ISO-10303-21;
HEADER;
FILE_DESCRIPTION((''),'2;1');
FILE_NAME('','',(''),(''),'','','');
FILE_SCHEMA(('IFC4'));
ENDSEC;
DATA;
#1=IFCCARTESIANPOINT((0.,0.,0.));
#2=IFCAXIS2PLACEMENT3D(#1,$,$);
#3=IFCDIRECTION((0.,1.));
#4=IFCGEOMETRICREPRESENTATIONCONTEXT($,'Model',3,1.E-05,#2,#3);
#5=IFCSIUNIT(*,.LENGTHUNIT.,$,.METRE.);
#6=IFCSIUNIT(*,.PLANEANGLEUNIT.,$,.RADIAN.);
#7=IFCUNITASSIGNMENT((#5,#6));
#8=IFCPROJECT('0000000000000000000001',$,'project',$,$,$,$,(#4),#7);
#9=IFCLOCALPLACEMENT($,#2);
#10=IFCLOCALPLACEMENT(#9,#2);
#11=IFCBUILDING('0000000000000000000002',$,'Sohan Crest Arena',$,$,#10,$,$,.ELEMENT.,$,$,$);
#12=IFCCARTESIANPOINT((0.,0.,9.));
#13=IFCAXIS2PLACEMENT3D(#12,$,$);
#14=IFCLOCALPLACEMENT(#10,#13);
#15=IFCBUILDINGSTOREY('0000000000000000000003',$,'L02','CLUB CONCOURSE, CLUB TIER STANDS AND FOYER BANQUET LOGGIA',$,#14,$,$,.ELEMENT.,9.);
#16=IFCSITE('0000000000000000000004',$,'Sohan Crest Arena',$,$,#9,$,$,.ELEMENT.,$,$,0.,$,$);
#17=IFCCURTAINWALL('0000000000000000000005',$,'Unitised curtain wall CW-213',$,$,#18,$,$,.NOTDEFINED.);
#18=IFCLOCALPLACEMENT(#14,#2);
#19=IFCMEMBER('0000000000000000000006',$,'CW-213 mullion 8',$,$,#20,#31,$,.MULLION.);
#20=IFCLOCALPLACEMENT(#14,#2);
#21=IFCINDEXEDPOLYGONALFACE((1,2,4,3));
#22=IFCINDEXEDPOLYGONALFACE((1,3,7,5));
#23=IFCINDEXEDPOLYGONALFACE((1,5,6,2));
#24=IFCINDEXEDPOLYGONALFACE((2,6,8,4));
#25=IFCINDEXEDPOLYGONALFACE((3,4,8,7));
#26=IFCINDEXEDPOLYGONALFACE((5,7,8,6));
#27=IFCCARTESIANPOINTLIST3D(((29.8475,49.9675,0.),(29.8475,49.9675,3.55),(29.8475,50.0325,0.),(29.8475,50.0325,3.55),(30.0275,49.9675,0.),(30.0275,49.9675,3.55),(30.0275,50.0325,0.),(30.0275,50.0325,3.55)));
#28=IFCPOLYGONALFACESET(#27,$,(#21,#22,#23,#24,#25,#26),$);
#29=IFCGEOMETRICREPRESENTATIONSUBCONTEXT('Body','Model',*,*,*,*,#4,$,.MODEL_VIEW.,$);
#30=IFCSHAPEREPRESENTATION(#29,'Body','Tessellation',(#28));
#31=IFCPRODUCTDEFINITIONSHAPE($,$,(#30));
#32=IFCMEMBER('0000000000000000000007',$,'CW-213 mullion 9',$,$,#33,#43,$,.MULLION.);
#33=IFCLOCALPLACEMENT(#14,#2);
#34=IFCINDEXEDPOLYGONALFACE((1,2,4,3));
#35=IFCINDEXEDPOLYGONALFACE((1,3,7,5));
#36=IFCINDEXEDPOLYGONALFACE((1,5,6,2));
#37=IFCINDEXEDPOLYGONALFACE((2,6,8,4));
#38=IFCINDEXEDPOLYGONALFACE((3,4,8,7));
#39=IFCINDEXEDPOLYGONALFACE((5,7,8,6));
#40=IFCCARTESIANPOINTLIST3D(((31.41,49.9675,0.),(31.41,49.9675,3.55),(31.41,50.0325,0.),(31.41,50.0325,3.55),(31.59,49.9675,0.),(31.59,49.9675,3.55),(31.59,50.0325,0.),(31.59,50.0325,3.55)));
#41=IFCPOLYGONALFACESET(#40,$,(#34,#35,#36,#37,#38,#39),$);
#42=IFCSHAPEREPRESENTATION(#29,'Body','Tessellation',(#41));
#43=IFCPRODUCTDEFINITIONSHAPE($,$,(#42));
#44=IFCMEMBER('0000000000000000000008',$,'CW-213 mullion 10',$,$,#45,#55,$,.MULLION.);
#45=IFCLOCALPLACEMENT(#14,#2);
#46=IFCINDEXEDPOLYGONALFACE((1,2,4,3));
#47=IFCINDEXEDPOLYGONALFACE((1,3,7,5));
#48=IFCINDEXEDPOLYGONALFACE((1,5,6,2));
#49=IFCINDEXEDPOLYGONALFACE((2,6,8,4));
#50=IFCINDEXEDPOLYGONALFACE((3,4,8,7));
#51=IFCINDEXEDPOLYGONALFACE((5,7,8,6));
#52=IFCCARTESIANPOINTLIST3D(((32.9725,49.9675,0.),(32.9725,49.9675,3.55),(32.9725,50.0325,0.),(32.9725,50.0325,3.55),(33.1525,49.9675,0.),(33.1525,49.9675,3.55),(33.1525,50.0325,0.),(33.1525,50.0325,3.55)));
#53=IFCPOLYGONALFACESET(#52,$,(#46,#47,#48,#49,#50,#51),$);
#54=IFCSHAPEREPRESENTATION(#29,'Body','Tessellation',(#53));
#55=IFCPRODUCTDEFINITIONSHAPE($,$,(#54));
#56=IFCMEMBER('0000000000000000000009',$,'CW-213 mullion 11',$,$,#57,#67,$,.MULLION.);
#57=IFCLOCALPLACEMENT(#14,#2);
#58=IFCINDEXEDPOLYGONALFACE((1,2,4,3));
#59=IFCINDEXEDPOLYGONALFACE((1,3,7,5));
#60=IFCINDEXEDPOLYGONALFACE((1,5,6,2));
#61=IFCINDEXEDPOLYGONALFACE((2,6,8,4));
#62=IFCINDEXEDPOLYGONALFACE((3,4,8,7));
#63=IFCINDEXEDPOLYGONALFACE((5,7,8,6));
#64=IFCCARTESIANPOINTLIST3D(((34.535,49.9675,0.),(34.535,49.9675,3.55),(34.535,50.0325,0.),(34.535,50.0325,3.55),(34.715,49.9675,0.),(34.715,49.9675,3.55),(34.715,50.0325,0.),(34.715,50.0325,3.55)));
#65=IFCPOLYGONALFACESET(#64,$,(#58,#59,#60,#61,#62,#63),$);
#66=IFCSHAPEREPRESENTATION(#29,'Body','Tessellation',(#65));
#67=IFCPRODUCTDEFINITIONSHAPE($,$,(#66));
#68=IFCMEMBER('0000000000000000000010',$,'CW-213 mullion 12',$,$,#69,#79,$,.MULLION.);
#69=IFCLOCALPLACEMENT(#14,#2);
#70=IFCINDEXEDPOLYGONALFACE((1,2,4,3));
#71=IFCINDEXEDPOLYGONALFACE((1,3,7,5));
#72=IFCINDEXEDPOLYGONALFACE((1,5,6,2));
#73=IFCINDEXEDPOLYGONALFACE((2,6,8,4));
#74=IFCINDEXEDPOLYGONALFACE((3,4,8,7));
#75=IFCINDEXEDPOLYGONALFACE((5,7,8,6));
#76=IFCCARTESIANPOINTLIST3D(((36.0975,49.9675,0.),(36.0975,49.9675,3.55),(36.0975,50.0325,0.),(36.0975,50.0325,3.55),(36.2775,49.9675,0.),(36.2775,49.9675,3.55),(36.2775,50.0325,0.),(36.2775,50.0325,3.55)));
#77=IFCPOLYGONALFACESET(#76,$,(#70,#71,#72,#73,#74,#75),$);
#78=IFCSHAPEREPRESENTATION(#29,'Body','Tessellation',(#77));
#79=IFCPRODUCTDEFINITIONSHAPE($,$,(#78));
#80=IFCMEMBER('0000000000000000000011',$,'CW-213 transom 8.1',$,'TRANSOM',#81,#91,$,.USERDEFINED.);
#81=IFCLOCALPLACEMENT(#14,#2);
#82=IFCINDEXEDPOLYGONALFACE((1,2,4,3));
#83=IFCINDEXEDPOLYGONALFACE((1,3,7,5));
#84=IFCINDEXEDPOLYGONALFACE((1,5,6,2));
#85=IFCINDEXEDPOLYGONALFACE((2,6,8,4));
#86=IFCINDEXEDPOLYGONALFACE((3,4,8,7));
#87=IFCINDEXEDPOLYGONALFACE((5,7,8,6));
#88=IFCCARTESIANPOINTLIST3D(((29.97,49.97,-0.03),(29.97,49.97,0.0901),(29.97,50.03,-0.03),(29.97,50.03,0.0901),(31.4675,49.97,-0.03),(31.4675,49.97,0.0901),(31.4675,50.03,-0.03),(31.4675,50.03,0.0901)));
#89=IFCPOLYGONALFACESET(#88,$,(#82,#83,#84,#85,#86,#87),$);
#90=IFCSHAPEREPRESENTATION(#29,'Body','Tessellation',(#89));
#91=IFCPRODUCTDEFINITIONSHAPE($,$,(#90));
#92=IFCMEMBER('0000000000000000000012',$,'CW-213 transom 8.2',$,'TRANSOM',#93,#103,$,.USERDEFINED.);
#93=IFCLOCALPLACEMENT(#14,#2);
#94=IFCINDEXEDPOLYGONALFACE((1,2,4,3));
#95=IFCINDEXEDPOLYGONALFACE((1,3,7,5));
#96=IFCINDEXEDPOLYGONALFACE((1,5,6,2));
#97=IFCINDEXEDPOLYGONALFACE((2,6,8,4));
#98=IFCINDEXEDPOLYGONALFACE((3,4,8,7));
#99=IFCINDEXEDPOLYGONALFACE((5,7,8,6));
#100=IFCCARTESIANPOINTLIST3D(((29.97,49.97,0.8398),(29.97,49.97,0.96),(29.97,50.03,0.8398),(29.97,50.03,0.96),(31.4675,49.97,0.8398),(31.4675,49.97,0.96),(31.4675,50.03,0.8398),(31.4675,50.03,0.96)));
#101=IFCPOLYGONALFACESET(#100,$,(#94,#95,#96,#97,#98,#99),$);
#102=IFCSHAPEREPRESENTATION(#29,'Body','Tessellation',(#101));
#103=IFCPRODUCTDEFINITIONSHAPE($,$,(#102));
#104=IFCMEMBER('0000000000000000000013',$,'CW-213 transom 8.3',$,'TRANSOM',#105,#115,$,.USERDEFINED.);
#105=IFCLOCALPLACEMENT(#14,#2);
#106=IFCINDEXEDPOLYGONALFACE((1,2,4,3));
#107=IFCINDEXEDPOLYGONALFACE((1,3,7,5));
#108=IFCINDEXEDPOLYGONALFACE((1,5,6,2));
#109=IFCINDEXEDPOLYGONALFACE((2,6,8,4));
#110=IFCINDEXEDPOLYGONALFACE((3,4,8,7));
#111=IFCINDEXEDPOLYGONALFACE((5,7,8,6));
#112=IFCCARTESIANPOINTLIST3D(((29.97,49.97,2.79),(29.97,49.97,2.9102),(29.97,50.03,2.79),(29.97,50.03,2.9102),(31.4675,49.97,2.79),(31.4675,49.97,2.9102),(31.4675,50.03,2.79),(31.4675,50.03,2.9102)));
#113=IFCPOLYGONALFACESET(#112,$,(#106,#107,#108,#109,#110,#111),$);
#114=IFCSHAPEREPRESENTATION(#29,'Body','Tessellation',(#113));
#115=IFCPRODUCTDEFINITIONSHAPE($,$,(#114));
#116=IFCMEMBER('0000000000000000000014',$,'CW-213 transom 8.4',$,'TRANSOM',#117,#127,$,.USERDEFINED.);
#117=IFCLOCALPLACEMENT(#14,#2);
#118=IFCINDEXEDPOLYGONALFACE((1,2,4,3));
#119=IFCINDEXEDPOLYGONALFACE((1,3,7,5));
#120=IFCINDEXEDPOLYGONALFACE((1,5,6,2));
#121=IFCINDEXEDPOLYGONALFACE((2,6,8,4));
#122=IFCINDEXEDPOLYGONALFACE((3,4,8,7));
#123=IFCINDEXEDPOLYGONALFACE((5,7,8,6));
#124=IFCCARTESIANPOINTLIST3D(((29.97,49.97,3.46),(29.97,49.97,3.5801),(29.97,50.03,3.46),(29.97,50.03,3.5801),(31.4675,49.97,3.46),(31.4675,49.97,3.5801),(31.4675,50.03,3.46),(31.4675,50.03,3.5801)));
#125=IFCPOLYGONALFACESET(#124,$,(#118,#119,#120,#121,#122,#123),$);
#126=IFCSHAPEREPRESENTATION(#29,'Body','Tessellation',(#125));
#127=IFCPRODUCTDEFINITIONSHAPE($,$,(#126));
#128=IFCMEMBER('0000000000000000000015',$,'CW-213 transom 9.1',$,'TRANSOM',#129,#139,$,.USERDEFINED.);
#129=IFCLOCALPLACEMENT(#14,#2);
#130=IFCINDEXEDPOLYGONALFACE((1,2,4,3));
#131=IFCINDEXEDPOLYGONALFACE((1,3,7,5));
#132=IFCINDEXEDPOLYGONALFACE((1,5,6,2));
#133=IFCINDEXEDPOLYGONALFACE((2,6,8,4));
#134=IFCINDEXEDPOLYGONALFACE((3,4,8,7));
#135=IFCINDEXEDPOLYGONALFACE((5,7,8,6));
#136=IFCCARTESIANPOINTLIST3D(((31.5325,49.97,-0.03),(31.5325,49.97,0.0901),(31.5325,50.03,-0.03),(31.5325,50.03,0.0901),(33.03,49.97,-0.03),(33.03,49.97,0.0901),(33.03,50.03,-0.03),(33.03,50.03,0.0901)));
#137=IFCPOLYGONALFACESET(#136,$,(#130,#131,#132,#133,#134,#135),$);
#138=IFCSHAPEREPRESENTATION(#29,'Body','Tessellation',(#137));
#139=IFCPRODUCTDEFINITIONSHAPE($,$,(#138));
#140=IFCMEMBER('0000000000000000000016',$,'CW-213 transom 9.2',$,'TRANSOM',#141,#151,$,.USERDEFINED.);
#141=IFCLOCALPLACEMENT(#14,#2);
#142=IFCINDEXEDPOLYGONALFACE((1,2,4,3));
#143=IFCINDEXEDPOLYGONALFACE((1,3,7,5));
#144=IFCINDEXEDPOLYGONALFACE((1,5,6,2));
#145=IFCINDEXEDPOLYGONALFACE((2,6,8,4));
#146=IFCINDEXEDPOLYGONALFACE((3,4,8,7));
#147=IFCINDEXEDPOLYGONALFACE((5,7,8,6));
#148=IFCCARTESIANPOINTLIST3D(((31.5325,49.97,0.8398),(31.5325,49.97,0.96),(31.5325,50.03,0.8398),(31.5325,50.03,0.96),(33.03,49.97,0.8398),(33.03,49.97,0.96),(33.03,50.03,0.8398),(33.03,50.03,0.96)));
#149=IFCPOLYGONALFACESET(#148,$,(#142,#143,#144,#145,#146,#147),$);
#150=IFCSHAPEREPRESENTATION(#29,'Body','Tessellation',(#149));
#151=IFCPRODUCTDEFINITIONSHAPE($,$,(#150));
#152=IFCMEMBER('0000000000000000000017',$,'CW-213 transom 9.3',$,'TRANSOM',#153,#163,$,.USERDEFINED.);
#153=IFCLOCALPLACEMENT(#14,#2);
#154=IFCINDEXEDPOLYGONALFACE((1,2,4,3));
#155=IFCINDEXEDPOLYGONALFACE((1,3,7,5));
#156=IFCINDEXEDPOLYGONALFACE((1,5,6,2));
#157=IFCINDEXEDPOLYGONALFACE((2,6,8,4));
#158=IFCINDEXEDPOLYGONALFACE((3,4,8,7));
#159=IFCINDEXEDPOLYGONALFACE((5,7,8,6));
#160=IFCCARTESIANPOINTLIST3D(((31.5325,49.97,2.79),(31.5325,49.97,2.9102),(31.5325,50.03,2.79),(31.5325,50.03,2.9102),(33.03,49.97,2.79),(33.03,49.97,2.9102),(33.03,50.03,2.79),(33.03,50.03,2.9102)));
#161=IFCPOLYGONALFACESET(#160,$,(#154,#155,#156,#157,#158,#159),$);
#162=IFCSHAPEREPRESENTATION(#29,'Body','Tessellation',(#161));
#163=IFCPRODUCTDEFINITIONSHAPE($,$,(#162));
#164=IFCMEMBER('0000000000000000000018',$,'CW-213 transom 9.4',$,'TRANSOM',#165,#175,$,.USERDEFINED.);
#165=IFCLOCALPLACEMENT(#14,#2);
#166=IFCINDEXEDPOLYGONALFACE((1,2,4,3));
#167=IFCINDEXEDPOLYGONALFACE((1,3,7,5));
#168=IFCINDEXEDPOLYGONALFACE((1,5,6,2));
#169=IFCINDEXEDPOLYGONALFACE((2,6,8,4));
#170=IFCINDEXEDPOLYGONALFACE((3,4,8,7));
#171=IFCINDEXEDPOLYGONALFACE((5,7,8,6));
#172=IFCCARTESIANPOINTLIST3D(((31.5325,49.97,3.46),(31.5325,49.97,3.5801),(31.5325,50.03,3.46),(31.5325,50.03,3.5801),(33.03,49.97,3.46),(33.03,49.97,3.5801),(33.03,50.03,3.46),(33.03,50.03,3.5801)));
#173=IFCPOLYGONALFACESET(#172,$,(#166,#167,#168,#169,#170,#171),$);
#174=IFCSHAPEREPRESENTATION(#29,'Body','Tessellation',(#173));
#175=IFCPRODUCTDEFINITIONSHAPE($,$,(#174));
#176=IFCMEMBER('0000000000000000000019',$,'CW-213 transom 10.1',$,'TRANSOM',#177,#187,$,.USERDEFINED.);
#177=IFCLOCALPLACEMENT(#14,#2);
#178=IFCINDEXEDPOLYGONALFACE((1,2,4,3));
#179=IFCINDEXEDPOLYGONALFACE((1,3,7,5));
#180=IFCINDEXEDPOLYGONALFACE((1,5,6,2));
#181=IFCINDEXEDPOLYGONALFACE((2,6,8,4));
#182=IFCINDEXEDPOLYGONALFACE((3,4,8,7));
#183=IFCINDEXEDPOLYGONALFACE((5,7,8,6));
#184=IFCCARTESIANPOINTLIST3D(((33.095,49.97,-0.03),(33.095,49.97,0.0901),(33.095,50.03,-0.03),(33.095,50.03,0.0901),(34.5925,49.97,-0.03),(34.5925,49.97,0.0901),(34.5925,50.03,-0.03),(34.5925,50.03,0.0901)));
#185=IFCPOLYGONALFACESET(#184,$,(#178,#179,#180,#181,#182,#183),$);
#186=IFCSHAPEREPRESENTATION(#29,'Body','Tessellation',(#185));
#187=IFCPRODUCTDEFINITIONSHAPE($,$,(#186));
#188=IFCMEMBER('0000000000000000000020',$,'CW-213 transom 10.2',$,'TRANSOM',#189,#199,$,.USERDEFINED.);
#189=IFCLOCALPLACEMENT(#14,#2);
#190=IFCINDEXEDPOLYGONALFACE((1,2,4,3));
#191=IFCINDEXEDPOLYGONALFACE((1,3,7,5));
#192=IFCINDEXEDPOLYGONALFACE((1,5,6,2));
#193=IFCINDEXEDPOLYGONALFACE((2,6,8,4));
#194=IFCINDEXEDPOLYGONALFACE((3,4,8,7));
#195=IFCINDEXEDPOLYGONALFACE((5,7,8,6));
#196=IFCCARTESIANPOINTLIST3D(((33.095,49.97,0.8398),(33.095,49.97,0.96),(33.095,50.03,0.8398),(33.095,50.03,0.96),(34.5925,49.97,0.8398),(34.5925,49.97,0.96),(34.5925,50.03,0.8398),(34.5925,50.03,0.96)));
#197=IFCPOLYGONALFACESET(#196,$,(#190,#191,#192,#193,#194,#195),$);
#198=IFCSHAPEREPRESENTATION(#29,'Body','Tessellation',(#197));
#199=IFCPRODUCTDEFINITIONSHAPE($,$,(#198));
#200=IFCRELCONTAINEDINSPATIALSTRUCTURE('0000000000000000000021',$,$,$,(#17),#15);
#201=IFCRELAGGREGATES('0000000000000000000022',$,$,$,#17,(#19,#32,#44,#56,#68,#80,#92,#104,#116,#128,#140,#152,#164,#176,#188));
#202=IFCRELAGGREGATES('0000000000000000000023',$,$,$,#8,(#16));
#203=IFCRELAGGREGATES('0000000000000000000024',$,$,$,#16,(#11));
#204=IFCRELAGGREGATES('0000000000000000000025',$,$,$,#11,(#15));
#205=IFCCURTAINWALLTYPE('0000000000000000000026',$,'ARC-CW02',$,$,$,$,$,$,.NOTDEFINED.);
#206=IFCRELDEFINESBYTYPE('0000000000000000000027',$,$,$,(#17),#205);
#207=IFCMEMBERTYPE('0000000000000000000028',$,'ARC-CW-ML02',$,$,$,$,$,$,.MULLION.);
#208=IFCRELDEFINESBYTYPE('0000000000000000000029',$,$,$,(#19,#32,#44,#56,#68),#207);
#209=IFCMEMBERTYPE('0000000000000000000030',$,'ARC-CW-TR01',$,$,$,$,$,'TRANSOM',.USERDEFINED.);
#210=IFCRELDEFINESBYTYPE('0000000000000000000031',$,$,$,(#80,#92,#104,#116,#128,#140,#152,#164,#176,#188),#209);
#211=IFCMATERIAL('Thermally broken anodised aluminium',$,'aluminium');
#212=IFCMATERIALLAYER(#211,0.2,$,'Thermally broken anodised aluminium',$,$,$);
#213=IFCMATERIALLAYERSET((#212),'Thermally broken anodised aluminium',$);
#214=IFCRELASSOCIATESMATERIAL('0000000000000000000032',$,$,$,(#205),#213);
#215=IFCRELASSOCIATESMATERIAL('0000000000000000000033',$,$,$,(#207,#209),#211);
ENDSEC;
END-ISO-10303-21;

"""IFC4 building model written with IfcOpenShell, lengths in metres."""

from ifc_helpers import new_model, si_unit, direction, frame, origin, origin_2d, place, context, subcontext, project, spatial, rectangle, extrude, material, layer, layer_set, material_profile, profile_set, type_object, element, aggregate, save


model = new_model("IFC4")

# Units and contexts
model_context = context("Model", 3, precision=1e-05, world=origin(), true_north=direction((0.0, 1.0)))
body_context = subcontext(model_context, "Body", "Model", "MODEL_VIEW")
ifc_project = project(units=[si_unit("LENGTHUNIT", "METRE"), si_unit("PLANEANGLEUNIT", "RADIAN")], contexts=[model_context])

# Site, building, storey
site_placement = place(None, origin())
site = spatial("IfcSite", under=ifc_project, at=site_placement, Name="Sohan Crest Arena", CompositionType="ELEMENT", RefElevation=0.0)
building_placement = place(site_placement, origin())
building = spatial("IfcBuilding", under=site, at=building_placement, Name="Sohan Crest Arena", CompositionType="ELEMENT")
storey_placement = place(building_placement, frame((0.0, 0.0, 9.0)))
storey = spatial("IfcBuildingStorey", under=building, at=storey_placement, Name="L02", Description="CLUB CONCOURSE, CLUB TIER STANDS AND FOYER BANQUET LOGGIA", CompositionType="ELEMENT", Elevation=9.0)

# Curtain wall, members
ifc_material_1 = material(Name="Thermally broken anodised aluminium", Category="aluminium")
ifc_layer_1 = layer(ifc_material_1, 0.2, Name="Thermally broken anodised aluminium")
ifc_layer_set_1 = layer_set([ifc_layer_1], Name="Thermally broken anodised aluminium")
curtain_wall_type = type_object("IfcCurtainWallType", Name="ARC-CW02", PredefinedType="NOTDEFINED", material=ifc_layer_set_1)
curtain_wall_placement = place(storey_placement, origin())
curtain_wall = element("IfcCurtainWall", 1, at=curtain_wall_placement, inside=storey, type_object=curtain_wall_type, Name="Unitised curtain wall CW-213", PredefinedType="NOTDEFINED")
ifc_material_profile_1 = material_profile(ifc_material_1, rectangle(XDim=0.0649, YDim=0.1799, at=origin_2d()), Name="ALU-MULL 65x180")
ifc_profile_set_1 = profile_set([ifc_material_profile_1], Name="Thermally broken anodised aluminium")
member_type_1 = type_object("IfcMemberType", Name="ARC-CW-ML02", PredefinedType="MULLION", material=ifc_profile_set_1)
member_1_placement = place(storey_placement, frame((29.9375, 50.0, 0.0), z_axis=(0.0, 0.0, 1.0), x_axis=(0.0, 1.0, 0.0)))
member_1 = element("IfcMember", 2, at=member_1_placement, type_object=member_type_1, Name="CW-213 mullion 8", PredefinedType="MULLION", context=body_context, shape_type="SweptSolid", body=[
    extrude(rectangle(XDim=0.0649, YDim=0.1799, at=origin_2d()), origin(), (0.0, 0.0, 1.0), 3.55),
])
member_2_placement = place(storey_placement, frame((31.5, 50.0, 0.0), z_axis=(0.0, 0.0, 1.0), x_axis=(0.0, 1.0, 0.0)))
member_2 = element("IfcMember", 3, at=member_2_placement, type_object=member_type_1, Name="CW-213 mullion 9", PredefinedType="MULLION", context=body_context, shape_type="SweptSolid", body=[
    extrude(rectangle(XDim=0.0649, YDim=0.1799, at=origin_2d()), origin(), (0.0, 0.0, 1.0), 3.55),
])
member_3_placement = place(storey_placement, frame((33.0625, 50.0, 0.0), z_axis=(0.0, 0.0, 1.0), x_axis=(0.0, 1.0, 0.0)))
member_3 = element("IfcMember", 4, at=member_3_placement, type_object=member_type_1, Name="CW-213 mullion 10", PredefinedType="MULLION", context=body_context, shape_type="SweptSolid", body=[
    extrude(rectangle(XDim=0.0649, YDim=0.1799, at=origin_2d()), origin(), (0.0, 0.0, 1.0), 3.55),
])
member_4_placement = place(storey_placement, frame((34.625, 50.0, 0.0), z_axis=(0.0, 0.0, 1.0), x_axis=(0.0, 1.0, 0.0)))
member_4 = element("IfcMember", 5, at=member_4_placement, type_object=member_type_1, Name="CW-213 mullion 11", PredefinedType="MULLION", context=body_context, shape_type="SweptSolid", body=[
    extrude(rectangle(XDim=0.0649, YDim=0.1799, at=origin_2d()), origin(), (0.0, 0.0, 1.0), 3.55),
])
member_5_placement = place(storey_placement, frame((36.1875, 50.0, 0.0), z_axis=(0.0, 0.0, 1.0), x_axis=(0.0, 1.0, 0.0)))
member_5 = element("IfcMember", 6, at=member_5_placement, type_object=member_type_1, Name="CW-213 mullion 12", PredefinedType="MULLION", context=body_context, shape_type="SweptSolid", body=[
    extrude(rectangle(XDim=0.0649, YDim=0.1799, at=origin_2d()), origin(), (0.0, 0.0, 1.0), 3.55),
])
ifc_material_profile_2 = material_profile(ifc_material_1, rectangle(XDim=0.0601, YDim=0.1201, at=origin_2d()), Name="ALU-TRAN 60x120")
ifc_profile_set_2 = profile_set([ifc_material_profile_2], Name="Thermally broken anodised aluminium")
member_type_2 = type_object("IfcMemberType", Name="ARC-CW-TR01", ElementType="TRANSOM", PredefinedType="USERDEFINED", material=ifc_profile_set_2)
member_6_placement = place(storey_placement, frame((29.97, 50.0, 0.03), z_axis=(1.0, 0.0, 0.0), x_axis=(0.0, 1.0, 0.0)))
member_6 = element("IfcMember", 7, at=member_6_placement, type_object=member_type_2, Name="CW-213 transom 8.1", ObjectType="TRANSOM", PredefinedType="USERDEFINED", context=body_context, shape_type="SweptSolid", body=[
    extrude(rectangle(XDim=0.0601, YDim=0.1201, at=origin_2d()), origin(), (0.0, 0.0, 1.0), 1.4976),
])
member_7_placement = place(storey_placement, frame((29.97, 50.0, 0.8999), z_axis=(1.0, 0.0, 0.0), x_axis=(0.0, 1.0, 0.0)))
member_7 = element("IfcMember", 8, at=member_7_placement, type_object=member_type_2, Name="CW-213 transom 8.2", ObjectType="TRANSOM", PredefinedType="USERDEFINED", context=body_context, shape_type="SweptSolid", body=[
    extrude(rectangle(XDim=0.0601, YDim=0.1201, at=origin_2d()), origin(), (0.0, 0.0, 1.0), 1.4976),
])
member_8_placement = place(storey_placement, frame((29.97, 50.0, 2.8501), z_axis=(1.0, 0.0, 0.0), x_axis=(0.0, 1.0, 0.0)))
member_8 = element("IfcMember", 9, at=member_8_placement, type_object=member_type_2, Name="CW-213 transom 8.3", ObjectType="TRANSOM", PredefinedType="USERDEFINED", context=body_context, shape_type="SweptSolid", body=[
    extrude(rectangle(XDim=0.0601, YDim=0.1201, at=origin_2d()), origin(), (0.0, 0.0, 1.0), 1.4976),
])
member_9_placement = place(storey_placement, frame((29.97, 50.0, 3.52), z_axis=(1.0, 0.0, 0.0), x_axis=(0.0, 1.0, 0.0)))
member_9 = element("IfcMember", 10, at=member_9_placement, type_object=member_type_2, Name="CW-213 transom 8.4", ObjectType="TRANSOM", PredefinedType="USERDEFINED", context=body_context, shape_type="SweptSolid", body=[
    extrude(rectangle(XDim=0.0601, YDim=0.1201, at=origin_2d()), origin(), (0.0, 0.0, 1.0), 1.4976),
])
member_10_placement = place(storey_placement, frame((31.5325, 50.0, 0.03), z_axis=(1.0, 0.0, 0.0), x_axis=(0.0, 1.0, 0.0)))
member_10 = element("IfcMember", 11, at=member_10_placement, type_object=member_type_2, Name="CW-213 transom 9.1", ObjectType="TRANSOM", PredefinedType="USERDEFINED", context=body_context, shape_type="SweptSolid", body=[
    extrude(rectangle(XDim=0.0601, YDim=0.1201, at=origin_2d()), origin(), (0.0, 0.0, 1.0), 1.4976),
])
member_11_placement = place(storey_placement, frame((31.5325, 50.0, 0.8999), z_axis=(1.0, 0.0, 0.0), x_axis=(0.0, 1.0, 0.0)))
member_11 = element("IfcMember", 12, at=member_11_placement, type_object=member_type_2, Name="CW-213 transom 9.2", ObjectType="TRANSOM", PredefinedType="USERDEFINED", context=body_context, shape_type="SweptSolid", body=[
    extrude(rectangle(XDim=0.0601, YDim=0.1201, at=origin_2d()), origin(), (0.0, 0.0, 1.0), 1.4976),
])
member_12_placement = place(storey_placement, frame((31.5325, 50.0, 2.8501), z_axis=(1.0, 0.0, 0.0), x_axis=(0.0, 1.0, 0.0)))
member_12 = element("IfcMember", 13, at=member_12_placement, type_object=member_type_2, Name="CW-213 transom 9.3", ObjectType="TRANSOM", PredefinedType="USERDEFINED", context=body_context, shape_type="SweptSolid", body=[
    extrude(rectangle(XDim=0.0601, YDim=0.1201, at=origin_2d()), origin(), (0.0, 0.0, 1.0), 1.4976),
])
member_13_placement = place(storey_placement, frame((31.5325, 50.0, 3.52), z_axis=(1.0, 0.0, 0.0), x_axis=(0.0, 1.0, 0.0)))
member_13 = element("IfcMember", 14, at=member_13_placement, type_object=member_type_2, Name="CW-213 transom 9.4", ObjectType="TRANSOM", PredefinedType="USERDEFINED", context=body_context, shape_type="SweptSolid", body=[
    extrude(rectangle(XDim=0.0601, YDim=0.1201, at=origin_2d()), origin(), (0.0, 0.0, 1.0), 1.4976),
])
member_14_placement = place(storey_placement, frame((33.095, 50.0, 0.03), z_axis=(1.0, 0.0, 0.0), x_axis=(0.0, 1.0, 0.0)))
member_14 = element("IfcMember", 15, at=member_14_placement, type_object=member_type_2, Name="CW-213 transom 10.1", ObjectType="TRANSOM", PredefinedType="USERDEFINED", context=body_context, shape_type="SweptSolid", body=[
    extrude(rectangle(XDim=0.0601, YDim=0.1201, at=origin_2d()), origin(), (0.0, 0.0, 1.0), 1.4976),
])
member_15_placement = place(storey_placement, frame((33.095, 50.0, 0.8999), z_axis=(1.0, 0.0, 0.0), x_axis=(0.0, 1.0, 0.0)))
member_15 = element("IfcMember", 16, at=member_15_placement, type_object=member_type_2, Name="CW-213 transom 10.2", ObjectType="TRANSOM", PredefinedType="USERDEFINED", context=body_context, shape_type="SweptSolid", body=[
    extrude(rectangle(XDim=0.0601, YDim=0.1201, at=origin_2d()), origin(), (0.0, 0.0, 1.0), 1.4976),
])
aggregate(curtain_wall, [member_1, member_2, member_3, member_4, member_5, member_6, member_7, member_8, member_9, member_10, member_11, member_12, member_13, member_14, member_15])

save(model, "model.ifc")
